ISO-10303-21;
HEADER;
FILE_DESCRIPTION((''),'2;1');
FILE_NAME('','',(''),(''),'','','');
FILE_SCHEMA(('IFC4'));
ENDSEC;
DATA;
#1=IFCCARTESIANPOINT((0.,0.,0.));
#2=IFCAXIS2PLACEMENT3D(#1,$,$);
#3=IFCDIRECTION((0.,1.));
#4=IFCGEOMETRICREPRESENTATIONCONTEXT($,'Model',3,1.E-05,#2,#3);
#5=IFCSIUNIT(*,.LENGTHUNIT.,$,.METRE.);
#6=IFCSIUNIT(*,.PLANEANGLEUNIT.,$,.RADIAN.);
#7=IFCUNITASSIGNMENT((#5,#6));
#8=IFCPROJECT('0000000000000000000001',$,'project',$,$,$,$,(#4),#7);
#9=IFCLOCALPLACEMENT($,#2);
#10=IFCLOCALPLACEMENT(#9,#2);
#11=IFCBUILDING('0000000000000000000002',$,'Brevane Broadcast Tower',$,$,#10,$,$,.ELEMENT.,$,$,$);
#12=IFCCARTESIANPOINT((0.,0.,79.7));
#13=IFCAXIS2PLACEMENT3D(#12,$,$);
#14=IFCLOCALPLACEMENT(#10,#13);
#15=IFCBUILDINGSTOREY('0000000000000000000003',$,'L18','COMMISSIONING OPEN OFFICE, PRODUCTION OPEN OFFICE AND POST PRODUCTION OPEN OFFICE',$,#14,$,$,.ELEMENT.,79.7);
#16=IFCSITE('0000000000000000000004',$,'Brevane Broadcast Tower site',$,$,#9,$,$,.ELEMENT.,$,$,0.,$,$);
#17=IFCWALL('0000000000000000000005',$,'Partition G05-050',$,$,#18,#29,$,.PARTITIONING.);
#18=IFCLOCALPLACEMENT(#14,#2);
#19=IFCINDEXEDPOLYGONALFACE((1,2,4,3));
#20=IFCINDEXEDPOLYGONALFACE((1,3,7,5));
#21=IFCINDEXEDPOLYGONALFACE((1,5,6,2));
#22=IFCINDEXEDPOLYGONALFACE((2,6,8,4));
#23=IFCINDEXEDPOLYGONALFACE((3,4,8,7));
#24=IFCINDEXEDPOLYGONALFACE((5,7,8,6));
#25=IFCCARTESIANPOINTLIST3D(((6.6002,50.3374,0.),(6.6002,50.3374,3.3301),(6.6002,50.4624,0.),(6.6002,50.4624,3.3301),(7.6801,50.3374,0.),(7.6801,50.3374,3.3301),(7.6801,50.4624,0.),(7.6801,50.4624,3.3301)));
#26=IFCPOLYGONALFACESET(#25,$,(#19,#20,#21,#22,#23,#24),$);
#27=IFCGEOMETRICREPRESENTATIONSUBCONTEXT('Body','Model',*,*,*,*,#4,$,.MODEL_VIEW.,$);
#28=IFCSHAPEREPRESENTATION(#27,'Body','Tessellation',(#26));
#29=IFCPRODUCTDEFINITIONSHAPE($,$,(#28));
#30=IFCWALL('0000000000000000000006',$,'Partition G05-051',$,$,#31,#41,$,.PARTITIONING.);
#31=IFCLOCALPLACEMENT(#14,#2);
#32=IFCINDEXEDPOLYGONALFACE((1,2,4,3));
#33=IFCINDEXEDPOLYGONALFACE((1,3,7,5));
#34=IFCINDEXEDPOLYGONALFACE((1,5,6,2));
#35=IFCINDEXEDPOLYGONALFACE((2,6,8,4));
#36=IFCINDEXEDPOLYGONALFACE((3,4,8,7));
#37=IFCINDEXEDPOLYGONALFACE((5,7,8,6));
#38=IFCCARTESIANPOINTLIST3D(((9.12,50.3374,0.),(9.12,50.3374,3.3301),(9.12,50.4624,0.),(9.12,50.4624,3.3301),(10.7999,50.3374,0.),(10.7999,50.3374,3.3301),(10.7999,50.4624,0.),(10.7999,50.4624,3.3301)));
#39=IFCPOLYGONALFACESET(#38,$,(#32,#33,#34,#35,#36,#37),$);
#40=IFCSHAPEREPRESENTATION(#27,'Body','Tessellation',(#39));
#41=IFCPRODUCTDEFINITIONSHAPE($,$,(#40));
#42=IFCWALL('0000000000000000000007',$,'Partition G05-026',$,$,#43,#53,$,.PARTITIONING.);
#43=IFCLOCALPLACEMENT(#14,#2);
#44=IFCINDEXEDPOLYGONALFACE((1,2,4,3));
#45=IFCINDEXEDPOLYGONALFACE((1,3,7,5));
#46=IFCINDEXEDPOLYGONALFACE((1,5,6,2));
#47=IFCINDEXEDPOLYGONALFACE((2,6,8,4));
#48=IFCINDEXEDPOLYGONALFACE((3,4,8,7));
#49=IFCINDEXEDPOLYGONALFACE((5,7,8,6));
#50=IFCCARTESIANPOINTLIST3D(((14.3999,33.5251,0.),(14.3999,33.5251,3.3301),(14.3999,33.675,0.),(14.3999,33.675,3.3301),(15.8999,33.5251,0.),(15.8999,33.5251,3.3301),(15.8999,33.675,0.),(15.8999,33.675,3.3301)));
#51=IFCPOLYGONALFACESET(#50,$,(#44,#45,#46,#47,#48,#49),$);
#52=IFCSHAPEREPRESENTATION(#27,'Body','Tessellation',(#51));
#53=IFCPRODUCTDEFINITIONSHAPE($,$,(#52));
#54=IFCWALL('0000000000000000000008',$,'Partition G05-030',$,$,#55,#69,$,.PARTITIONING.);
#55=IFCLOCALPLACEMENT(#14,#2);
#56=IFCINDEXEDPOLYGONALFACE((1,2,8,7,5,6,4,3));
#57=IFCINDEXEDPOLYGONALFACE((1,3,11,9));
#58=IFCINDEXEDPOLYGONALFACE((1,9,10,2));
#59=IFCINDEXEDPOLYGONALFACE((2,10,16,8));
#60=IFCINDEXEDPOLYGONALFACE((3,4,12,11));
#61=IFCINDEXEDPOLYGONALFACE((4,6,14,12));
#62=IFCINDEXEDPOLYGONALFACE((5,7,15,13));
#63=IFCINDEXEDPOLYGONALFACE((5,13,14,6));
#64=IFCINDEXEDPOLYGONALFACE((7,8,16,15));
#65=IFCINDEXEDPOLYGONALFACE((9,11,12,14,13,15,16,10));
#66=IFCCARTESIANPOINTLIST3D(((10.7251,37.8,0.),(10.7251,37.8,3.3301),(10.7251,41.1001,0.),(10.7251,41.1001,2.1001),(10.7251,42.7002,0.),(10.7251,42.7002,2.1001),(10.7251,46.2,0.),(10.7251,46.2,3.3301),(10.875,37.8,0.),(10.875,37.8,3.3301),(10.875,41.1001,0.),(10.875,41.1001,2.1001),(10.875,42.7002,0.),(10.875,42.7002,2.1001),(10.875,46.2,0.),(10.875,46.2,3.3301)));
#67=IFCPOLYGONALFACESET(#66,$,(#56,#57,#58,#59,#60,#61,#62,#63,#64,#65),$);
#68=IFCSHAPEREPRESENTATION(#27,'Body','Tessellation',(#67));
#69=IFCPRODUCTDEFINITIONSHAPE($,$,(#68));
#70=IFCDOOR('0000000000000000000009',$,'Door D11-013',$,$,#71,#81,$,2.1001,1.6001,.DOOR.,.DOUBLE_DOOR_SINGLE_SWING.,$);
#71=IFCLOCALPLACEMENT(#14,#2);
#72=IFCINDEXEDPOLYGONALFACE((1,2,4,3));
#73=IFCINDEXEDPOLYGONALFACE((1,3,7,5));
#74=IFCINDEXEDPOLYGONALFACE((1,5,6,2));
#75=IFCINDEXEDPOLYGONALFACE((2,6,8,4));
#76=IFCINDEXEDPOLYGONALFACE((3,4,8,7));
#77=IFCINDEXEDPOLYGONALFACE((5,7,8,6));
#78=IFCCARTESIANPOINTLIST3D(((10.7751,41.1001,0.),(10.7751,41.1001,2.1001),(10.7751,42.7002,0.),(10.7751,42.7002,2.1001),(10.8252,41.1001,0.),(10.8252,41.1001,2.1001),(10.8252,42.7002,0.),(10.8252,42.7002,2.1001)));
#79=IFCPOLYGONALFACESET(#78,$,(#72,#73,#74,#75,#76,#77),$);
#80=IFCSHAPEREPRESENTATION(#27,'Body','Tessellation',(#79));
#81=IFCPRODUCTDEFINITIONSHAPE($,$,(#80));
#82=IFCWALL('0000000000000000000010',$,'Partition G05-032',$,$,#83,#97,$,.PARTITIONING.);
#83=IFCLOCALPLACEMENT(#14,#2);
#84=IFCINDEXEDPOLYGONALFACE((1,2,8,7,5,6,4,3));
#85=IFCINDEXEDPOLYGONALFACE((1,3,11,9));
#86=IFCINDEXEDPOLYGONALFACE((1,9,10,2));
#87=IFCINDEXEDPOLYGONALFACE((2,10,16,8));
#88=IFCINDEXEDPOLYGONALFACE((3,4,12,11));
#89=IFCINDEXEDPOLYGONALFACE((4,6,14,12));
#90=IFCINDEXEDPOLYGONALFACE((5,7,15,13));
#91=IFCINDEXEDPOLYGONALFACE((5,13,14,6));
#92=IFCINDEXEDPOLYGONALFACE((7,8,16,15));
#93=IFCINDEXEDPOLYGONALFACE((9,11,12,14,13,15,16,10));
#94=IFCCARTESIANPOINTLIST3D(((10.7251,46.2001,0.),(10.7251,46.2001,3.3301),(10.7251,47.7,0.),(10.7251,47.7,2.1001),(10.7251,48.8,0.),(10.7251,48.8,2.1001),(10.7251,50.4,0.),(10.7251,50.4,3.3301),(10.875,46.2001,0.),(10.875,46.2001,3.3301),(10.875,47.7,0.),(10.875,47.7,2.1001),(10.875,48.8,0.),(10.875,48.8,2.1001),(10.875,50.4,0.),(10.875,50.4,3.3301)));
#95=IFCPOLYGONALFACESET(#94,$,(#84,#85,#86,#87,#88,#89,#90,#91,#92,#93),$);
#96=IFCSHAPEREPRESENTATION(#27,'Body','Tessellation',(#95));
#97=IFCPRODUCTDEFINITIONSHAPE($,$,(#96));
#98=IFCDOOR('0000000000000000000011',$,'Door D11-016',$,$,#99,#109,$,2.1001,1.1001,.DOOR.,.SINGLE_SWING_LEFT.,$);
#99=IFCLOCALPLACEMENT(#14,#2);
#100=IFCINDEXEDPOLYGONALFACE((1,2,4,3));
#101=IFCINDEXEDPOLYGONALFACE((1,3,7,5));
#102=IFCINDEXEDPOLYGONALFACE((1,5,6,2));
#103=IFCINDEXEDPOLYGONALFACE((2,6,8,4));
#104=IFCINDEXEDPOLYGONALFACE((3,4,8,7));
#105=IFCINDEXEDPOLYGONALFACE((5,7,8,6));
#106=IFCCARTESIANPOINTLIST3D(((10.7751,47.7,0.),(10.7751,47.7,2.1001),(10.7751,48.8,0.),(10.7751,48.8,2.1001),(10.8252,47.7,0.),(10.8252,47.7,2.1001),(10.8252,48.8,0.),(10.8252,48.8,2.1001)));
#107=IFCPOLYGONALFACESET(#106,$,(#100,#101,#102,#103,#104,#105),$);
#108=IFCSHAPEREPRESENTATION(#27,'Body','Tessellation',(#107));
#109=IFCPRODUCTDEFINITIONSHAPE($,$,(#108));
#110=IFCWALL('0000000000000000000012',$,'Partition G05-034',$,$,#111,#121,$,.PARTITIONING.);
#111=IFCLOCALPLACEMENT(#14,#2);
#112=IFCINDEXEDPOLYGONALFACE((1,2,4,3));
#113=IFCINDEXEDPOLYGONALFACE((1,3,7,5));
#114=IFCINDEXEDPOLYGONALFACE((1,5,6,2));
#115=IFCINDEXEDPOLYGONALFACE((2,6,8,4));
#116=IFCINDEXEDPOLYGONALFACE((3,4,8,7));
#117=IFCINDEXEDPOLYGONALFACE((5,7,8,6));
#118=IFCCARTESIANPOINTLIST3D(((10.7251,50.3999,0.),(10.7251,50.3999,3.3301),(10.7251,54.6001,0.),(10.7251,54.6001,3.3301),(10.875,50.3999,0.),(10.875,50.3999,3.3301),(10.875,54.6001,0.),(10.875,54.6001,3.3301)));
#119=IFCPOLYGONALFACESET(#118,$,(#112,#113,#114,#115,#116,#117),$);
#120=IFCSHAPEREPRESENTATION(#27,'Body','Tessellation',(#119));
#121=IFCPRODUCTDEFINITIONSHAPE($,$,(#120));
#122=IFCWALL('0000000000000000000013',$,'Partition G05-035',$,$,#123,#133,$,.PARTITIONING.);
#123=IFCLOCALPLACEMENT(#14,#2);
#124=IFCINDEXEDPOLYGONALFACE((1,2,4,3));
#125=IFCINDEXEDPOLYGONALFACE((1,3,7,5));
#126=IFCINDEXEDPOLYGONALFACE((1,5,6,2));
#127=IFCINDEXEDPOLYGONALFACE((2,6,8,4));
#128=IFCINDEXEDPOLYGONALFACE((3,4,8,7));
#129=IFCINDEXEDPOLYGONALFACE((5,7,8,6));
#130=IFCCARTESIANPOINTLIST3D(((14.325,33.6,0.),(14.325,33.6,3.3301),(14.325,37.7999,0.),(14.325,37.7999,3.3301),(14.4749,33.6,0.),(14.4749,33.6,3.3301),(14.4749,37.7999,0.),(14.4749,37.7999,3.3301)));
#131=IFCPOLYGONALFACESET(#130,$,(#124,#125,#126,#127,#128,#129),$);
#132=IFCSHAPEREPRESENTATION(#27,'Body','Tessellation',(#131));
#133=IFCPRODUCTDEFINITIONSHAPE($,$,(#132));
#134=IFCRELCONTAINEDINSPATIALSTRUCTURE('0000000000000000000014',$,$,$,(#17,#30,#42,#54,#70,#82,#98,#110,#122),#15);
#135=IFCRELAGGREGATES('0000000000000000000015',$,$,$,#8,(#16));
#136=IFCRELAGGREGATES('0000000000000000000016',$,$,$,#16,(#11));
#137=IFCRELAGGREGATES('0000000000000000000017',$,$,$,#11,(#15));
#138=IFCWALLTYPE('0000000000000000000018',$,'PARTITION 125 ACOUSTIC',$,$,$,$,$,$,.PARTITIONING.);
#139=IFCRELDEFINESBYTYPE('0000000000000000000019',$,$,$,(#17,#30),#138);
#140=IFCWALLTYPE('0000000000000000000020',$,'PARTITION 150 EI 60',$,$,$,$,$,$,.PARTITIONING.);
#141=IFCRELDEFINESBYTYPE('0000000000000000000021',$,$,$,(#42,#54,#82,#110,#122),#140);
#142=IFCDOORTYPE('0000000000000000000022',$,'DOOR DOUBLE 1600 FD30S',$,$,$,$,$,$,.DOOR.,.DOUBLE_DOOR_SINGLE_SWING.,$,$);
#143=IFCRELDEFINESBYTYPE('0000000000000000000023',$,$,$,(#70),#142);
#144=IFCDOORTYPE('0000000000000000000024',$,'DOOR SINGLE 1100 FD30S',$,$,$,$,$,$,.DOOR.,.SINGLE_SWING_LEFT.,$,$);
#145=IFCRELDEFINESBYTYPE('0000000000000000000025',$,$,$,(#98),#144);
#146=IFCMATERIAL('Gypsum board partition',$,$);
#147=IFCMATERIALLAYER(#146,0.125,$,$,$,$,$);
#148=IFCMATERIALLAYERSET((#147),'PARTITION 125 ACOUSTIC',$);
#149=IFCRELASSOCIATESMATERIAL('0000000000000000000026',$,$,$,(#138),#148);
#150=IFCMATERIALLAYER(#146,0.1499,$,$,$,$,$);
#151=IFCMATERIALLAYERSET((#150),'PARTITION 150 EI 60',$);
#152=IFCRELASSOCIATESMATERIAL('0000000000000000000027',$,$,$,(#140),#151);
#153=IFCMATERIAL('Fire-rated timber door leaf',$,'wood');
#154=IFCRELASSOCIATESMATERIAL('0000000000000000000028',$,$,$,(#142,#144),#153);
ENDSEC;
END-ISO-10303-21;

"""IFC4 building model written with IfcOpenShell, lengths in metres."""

from ifc_helpers import new_model, si_unit, direction, frame, frame_2d, origin, place, context, subcontext, project, spatial, rectangle, extrude, material, layer, layer_set, type_object, element, fill, save


model = new_model("IFC4")

# Units and contexts
model_context = context("Model", 3, precision=1e-05, world=origin(), true_north=direction((0.0, 1.0)))
body_context = subcontext(model_context, "Body", "Model", "MODEL_VIEW")
ifc_project = project(units=[si_unit("LENGTHUNIT", "METRE"), si_unit("PLANEANGLEUNIT", "RADIAN")], contexts=[model_context])

# Site, building, storey
site_placement = place(None, origin())
site = spatial("IfcSite", under=ifc_project, at=site_placement, Name="Brevane Broadcast Tower site", CompositionType="ELEMENT", RefElevation=0.0)
building_placement = place(site_placement, origin())
building = spatial("IfcBuilding", under=site, at=building_placement, Name="Brevane Broadcast Tower", CompositionType="ELEMENT")
storey_placement = place(building_placement, frame((0.0, 0.0, 79.7)))
storey = spatial("IfcBuildingStorey", under=building, at=storey_placement, Name="L18", Description="COMMISSIONING OPEN OFFICE, PRODUCTION OPEN OFFICE AND POST PRODUCTION OPEN OFFICE", CompositionType="ELEMENT", Elevation=79.7)

# Shared definitions
ifc_material_1 = material(Name="Gypsum board partition")

# Walls
ifc_layer_1 = layer(ifc_material_1, 0.125)
ifc_layer_set_1 = layer_set([ifc_layer_1], Name="PARTITION 125 ACOUSTIC")
wall_type_1 = type_object("IfcWallType", Name="PARTITION 125 ACOUSTIC", PredefinedType="PARTITIONING", material=ifc_layer_set_1)
wall_1_placement = place(storey_placement, frame((6.6001, 50.3999, 0.0), z_axis=(0.0, 0.0, 1.0), x_axis=(1.0, 0.0, 0.0)))
element("IfcWall", 1, at=wall_1_placement, inside=storey, type_object=wall_type_1, Name="Partition G05-050", PredefinedType="PARTITIONING", context=body_context, shape_type="SweptSolid", body=[
    extrude(rectangle(XDim=1.0798, YDim=0.125, at=frame_2d((0.54, 0.0))), origin(), (0.0, 0.0, 1.0), 3.3301),
])
wall_2_placement = place(storey_placement, frame((9.1201, 50.3999, 0.0), z_axis=(0.0, 0.0, 1.0), x_axis=(1.0, 0.0, 0.0)))
element("IfcWall", 2, at=wall_2_placement, inside=storey, type_object=wall_type_1, Name="Partition G05-051", PredefinedType="PARTITIONING", context=body_context, shape_type="SweptSolid", body=[
    extrude(rectangle(XDim=1.6799, YDim=0.125, at=frame_2d((0.8398, 0.0))), origin(), (0.0, 0.0, 1.0), 3.3301),
])
ifc_layer_2 = layer(ifc_material_1, 0.1499)
ifc_layer_set_2 = layer_set([ifc_layer_2], Name="PARTITION 150 EI 60")
wall_type_2 = type_object("IfcWallType", Name="PARTITION 150 EI 60", PredefinedType="PARTITIONING", material=ifc_layer_set_2)
wall_3_placement = place(storey_placement, frame((14.3999, 33.6001, 0.0), z_axis=(0.0, 0.0, 1.0), x_axis=(1.0, 0.0, 0.0)))
element("IfcWall", 3, at=wall_3_placement, inside=storey, type_object=wall_type_2, Name="Partition G05-026", PredefinedType="PARTITIONING", context=body_context, shape_type="SweptSolid", body=[
    extrude(rectangle(XDim=1.5, YDim=0.1499, at=frame_2d((0.75, 0.0))), origin(), (0.0, 0.0, 1.0), 3.3301),
])

# Walls, openings, doors
wall_4_placement = place(storey_placement, frame((10.8, 37.8, 0.0), z_axis=(0.0, 0.0, 1.0), x_axis=(0.0, 1.0, 0.0)))
wall_4 = element("IfcWall", 4, at=wall_4_placement, inside=storey, type_object=wall_type_2, Name="Partition G05-030", PredefinedType="PARTITIONING", context=body_context, shape_type="SweptSolid", body=[
    extrude(rectangle(XDim=8.3999, YDim=0.1499, at=frame_2d((4.2, 0.0))), origin(), (0.0, 0.0, 1.0), 3.3301),
])
opening_1_placement = place(wall_4_placement, frame((3.3, 0.0, 0.0)))
opening_1 = element("IfcOpeningElement", 5, at=opening_1_placement, cuts=wall_4, PredefinedType="OPENING", context=body_context, shape_type="SweptSolid", body=[
    extrude(rectangle(XDim=1.6001, YDim=2.1001, at=frame_2d((0.8, 1.05))), frame((0.0, 0.085, 0.0), z_axis=(0.0, -1.0, 0.0), x_axis=(1.0, 0.0, 0.0)), (0.0, 0.0, 1.0), 0.1699),
])
ifc_material_2 = material(Name="Fire-rated timber door leaf", Category="wood")
door_type_1 = type_object("IfcDoorType", Name="DOOR DOUBLE 1600 FD30S", OperationType="DOUBLE_DOOR_SINGLE_SWING", PredefinedType="DOOR", material=ifc_material_2)
door_1_placement = place(opening_1_placement, origin())
door_1 = element("IfcDoor", 6, at=door_1_placement, inside=storey, type_object=door_type_1, Name="Door D11-013", OperationType="DOUBLE_DOOR_SINGLE_SWING", OverallHeight=2.1001, OverallWidth=1.6001, PredefinedType="DOOR", context=body_context, shape_type="SweptSolid", body=[
    extrude(rectangle(XDim=1.6001, YDim=2.1001, at=frame_2d((0.8, 1.05))), frame((0.0, 0.0249, 0.0), z_axis=(0.0, -1.0, 0.0), x_axis=(1.0, 0.0, 0.0)), (0.0, 0.0, 1.0), 0.05),
])
fill(opening_1, door_1)
wall_5_placement = place(storey_placement, frame((10.8, 46.2, 0.0), z_axis=(0.0, 0.0, 1.0), x_axis=(0.0, 1.0, 0.0)))
wall_5 = element("IfcWall", 7, at=wall_5_placement, inside=storey, type_object=wall_type_2, Name="Partition G05-032", PredefinedType="PARTITIONING", context=body_context, shape_type="SweptSolid", body=[
    extrude(rectangle(XDim=4.2, YDim=0.1499, at=frame_2d((2.1001, 0.0))), origin(), (0.0, 0.0, 1.0), 3.3301),
])
opening_2_placement = place(wall_5_placement, frame((1.5, 0.0, 0.0)))
opening_2 = element("IfcOpeningElement", 8, at=opening_2_placement, cuts=wall_5, PredefinedType="OPENING", context=body_context, shape_type="SweptSolid", body=[
    extrude(rectangle(XDim=1.1001, YDim=2.1001, at=frame_2d((0.55, 1.05))), frame((0.0, 0.085, 0.0), z_axis=(0.0, -1.0, 0.0), x_axis=(1.0, 0.0, 0.0)), (0.0, 0.0, 1.0), 0.1699),
])
door_type_2 = type_object("IfcDoorType", Name="DOOR SINGLE 1100 FD30S", OperationType="SINGLE_SWING_LEFT", PredefinedType="DOOR", material=ifc_material_2)
door_2_placement = place(opening_2_placement, origin())
door_2 = element("IfcDoor", 9, at=door_2_placement, inside=storey, type_object=door_type_2, Name="Door D11-016", OperationType="SINGLE_SWING_LEFT", OverallHeight=2.1001, OverallWidth=1.1001, PredefinedType="DOOR", context=body_context, shape_type="SweptSolid", body=[
    extrude(rectangle(XDim=1.1001, YDim=2.1001, at=frame_2d((0.55, 1.05))), frame((0.0, 0.0249, 0.0), z_axis=(0.0, -1.0, 0.0), x_axis=(1.0, 0.0, 0.0)), (0.0, 0.0, 1.0), 0.05),
])
fill(opening_2, door_2)

# Walls
wall_6_placement = place(storey_placement, frame((10.8, 50.3999, 0.0), z_axis=(0.0, 0.0, 1.0), x_axis=(0.0, 1.0, 0.0)))
element("IfcWall", 10, at=wall_6_placement, inside=storey, type_object=wall_type_2, Name="Partition G05-034", PredefinedType="PARTITIONING", context=body_context, shape_type="SweptSolid", body=[
    extrude(rectangle(XDim=4.2002, YDim=0.1499, at=frame_2d((2.1001, 0.0))), origin(), (0.0, 0.0, 1.0), 3.3301),
])
wall_7_placement = place(storey_placement, frame((14.3999, 37.8, 0.0), z_axis=(0.0, 0.0, 1.0), x_axis=(0.0, -1.0, 0.0)))
element("IfcWall", 11, at=wall_7_placement, inside=storey, type_object=wall_type_2, Name="Partition G05-035", PredefinedType="PARTITIONING", context=body_context, shape_type="SweptSolid", body=[
    extrude(rectangle(XDim=4.2, YDim=0.1499, at=frame_2d((2.1001, 0.0))), origin(), (0.0, 0.0, 1.0), 3.3301),
])

save(model, "model.ifc")
